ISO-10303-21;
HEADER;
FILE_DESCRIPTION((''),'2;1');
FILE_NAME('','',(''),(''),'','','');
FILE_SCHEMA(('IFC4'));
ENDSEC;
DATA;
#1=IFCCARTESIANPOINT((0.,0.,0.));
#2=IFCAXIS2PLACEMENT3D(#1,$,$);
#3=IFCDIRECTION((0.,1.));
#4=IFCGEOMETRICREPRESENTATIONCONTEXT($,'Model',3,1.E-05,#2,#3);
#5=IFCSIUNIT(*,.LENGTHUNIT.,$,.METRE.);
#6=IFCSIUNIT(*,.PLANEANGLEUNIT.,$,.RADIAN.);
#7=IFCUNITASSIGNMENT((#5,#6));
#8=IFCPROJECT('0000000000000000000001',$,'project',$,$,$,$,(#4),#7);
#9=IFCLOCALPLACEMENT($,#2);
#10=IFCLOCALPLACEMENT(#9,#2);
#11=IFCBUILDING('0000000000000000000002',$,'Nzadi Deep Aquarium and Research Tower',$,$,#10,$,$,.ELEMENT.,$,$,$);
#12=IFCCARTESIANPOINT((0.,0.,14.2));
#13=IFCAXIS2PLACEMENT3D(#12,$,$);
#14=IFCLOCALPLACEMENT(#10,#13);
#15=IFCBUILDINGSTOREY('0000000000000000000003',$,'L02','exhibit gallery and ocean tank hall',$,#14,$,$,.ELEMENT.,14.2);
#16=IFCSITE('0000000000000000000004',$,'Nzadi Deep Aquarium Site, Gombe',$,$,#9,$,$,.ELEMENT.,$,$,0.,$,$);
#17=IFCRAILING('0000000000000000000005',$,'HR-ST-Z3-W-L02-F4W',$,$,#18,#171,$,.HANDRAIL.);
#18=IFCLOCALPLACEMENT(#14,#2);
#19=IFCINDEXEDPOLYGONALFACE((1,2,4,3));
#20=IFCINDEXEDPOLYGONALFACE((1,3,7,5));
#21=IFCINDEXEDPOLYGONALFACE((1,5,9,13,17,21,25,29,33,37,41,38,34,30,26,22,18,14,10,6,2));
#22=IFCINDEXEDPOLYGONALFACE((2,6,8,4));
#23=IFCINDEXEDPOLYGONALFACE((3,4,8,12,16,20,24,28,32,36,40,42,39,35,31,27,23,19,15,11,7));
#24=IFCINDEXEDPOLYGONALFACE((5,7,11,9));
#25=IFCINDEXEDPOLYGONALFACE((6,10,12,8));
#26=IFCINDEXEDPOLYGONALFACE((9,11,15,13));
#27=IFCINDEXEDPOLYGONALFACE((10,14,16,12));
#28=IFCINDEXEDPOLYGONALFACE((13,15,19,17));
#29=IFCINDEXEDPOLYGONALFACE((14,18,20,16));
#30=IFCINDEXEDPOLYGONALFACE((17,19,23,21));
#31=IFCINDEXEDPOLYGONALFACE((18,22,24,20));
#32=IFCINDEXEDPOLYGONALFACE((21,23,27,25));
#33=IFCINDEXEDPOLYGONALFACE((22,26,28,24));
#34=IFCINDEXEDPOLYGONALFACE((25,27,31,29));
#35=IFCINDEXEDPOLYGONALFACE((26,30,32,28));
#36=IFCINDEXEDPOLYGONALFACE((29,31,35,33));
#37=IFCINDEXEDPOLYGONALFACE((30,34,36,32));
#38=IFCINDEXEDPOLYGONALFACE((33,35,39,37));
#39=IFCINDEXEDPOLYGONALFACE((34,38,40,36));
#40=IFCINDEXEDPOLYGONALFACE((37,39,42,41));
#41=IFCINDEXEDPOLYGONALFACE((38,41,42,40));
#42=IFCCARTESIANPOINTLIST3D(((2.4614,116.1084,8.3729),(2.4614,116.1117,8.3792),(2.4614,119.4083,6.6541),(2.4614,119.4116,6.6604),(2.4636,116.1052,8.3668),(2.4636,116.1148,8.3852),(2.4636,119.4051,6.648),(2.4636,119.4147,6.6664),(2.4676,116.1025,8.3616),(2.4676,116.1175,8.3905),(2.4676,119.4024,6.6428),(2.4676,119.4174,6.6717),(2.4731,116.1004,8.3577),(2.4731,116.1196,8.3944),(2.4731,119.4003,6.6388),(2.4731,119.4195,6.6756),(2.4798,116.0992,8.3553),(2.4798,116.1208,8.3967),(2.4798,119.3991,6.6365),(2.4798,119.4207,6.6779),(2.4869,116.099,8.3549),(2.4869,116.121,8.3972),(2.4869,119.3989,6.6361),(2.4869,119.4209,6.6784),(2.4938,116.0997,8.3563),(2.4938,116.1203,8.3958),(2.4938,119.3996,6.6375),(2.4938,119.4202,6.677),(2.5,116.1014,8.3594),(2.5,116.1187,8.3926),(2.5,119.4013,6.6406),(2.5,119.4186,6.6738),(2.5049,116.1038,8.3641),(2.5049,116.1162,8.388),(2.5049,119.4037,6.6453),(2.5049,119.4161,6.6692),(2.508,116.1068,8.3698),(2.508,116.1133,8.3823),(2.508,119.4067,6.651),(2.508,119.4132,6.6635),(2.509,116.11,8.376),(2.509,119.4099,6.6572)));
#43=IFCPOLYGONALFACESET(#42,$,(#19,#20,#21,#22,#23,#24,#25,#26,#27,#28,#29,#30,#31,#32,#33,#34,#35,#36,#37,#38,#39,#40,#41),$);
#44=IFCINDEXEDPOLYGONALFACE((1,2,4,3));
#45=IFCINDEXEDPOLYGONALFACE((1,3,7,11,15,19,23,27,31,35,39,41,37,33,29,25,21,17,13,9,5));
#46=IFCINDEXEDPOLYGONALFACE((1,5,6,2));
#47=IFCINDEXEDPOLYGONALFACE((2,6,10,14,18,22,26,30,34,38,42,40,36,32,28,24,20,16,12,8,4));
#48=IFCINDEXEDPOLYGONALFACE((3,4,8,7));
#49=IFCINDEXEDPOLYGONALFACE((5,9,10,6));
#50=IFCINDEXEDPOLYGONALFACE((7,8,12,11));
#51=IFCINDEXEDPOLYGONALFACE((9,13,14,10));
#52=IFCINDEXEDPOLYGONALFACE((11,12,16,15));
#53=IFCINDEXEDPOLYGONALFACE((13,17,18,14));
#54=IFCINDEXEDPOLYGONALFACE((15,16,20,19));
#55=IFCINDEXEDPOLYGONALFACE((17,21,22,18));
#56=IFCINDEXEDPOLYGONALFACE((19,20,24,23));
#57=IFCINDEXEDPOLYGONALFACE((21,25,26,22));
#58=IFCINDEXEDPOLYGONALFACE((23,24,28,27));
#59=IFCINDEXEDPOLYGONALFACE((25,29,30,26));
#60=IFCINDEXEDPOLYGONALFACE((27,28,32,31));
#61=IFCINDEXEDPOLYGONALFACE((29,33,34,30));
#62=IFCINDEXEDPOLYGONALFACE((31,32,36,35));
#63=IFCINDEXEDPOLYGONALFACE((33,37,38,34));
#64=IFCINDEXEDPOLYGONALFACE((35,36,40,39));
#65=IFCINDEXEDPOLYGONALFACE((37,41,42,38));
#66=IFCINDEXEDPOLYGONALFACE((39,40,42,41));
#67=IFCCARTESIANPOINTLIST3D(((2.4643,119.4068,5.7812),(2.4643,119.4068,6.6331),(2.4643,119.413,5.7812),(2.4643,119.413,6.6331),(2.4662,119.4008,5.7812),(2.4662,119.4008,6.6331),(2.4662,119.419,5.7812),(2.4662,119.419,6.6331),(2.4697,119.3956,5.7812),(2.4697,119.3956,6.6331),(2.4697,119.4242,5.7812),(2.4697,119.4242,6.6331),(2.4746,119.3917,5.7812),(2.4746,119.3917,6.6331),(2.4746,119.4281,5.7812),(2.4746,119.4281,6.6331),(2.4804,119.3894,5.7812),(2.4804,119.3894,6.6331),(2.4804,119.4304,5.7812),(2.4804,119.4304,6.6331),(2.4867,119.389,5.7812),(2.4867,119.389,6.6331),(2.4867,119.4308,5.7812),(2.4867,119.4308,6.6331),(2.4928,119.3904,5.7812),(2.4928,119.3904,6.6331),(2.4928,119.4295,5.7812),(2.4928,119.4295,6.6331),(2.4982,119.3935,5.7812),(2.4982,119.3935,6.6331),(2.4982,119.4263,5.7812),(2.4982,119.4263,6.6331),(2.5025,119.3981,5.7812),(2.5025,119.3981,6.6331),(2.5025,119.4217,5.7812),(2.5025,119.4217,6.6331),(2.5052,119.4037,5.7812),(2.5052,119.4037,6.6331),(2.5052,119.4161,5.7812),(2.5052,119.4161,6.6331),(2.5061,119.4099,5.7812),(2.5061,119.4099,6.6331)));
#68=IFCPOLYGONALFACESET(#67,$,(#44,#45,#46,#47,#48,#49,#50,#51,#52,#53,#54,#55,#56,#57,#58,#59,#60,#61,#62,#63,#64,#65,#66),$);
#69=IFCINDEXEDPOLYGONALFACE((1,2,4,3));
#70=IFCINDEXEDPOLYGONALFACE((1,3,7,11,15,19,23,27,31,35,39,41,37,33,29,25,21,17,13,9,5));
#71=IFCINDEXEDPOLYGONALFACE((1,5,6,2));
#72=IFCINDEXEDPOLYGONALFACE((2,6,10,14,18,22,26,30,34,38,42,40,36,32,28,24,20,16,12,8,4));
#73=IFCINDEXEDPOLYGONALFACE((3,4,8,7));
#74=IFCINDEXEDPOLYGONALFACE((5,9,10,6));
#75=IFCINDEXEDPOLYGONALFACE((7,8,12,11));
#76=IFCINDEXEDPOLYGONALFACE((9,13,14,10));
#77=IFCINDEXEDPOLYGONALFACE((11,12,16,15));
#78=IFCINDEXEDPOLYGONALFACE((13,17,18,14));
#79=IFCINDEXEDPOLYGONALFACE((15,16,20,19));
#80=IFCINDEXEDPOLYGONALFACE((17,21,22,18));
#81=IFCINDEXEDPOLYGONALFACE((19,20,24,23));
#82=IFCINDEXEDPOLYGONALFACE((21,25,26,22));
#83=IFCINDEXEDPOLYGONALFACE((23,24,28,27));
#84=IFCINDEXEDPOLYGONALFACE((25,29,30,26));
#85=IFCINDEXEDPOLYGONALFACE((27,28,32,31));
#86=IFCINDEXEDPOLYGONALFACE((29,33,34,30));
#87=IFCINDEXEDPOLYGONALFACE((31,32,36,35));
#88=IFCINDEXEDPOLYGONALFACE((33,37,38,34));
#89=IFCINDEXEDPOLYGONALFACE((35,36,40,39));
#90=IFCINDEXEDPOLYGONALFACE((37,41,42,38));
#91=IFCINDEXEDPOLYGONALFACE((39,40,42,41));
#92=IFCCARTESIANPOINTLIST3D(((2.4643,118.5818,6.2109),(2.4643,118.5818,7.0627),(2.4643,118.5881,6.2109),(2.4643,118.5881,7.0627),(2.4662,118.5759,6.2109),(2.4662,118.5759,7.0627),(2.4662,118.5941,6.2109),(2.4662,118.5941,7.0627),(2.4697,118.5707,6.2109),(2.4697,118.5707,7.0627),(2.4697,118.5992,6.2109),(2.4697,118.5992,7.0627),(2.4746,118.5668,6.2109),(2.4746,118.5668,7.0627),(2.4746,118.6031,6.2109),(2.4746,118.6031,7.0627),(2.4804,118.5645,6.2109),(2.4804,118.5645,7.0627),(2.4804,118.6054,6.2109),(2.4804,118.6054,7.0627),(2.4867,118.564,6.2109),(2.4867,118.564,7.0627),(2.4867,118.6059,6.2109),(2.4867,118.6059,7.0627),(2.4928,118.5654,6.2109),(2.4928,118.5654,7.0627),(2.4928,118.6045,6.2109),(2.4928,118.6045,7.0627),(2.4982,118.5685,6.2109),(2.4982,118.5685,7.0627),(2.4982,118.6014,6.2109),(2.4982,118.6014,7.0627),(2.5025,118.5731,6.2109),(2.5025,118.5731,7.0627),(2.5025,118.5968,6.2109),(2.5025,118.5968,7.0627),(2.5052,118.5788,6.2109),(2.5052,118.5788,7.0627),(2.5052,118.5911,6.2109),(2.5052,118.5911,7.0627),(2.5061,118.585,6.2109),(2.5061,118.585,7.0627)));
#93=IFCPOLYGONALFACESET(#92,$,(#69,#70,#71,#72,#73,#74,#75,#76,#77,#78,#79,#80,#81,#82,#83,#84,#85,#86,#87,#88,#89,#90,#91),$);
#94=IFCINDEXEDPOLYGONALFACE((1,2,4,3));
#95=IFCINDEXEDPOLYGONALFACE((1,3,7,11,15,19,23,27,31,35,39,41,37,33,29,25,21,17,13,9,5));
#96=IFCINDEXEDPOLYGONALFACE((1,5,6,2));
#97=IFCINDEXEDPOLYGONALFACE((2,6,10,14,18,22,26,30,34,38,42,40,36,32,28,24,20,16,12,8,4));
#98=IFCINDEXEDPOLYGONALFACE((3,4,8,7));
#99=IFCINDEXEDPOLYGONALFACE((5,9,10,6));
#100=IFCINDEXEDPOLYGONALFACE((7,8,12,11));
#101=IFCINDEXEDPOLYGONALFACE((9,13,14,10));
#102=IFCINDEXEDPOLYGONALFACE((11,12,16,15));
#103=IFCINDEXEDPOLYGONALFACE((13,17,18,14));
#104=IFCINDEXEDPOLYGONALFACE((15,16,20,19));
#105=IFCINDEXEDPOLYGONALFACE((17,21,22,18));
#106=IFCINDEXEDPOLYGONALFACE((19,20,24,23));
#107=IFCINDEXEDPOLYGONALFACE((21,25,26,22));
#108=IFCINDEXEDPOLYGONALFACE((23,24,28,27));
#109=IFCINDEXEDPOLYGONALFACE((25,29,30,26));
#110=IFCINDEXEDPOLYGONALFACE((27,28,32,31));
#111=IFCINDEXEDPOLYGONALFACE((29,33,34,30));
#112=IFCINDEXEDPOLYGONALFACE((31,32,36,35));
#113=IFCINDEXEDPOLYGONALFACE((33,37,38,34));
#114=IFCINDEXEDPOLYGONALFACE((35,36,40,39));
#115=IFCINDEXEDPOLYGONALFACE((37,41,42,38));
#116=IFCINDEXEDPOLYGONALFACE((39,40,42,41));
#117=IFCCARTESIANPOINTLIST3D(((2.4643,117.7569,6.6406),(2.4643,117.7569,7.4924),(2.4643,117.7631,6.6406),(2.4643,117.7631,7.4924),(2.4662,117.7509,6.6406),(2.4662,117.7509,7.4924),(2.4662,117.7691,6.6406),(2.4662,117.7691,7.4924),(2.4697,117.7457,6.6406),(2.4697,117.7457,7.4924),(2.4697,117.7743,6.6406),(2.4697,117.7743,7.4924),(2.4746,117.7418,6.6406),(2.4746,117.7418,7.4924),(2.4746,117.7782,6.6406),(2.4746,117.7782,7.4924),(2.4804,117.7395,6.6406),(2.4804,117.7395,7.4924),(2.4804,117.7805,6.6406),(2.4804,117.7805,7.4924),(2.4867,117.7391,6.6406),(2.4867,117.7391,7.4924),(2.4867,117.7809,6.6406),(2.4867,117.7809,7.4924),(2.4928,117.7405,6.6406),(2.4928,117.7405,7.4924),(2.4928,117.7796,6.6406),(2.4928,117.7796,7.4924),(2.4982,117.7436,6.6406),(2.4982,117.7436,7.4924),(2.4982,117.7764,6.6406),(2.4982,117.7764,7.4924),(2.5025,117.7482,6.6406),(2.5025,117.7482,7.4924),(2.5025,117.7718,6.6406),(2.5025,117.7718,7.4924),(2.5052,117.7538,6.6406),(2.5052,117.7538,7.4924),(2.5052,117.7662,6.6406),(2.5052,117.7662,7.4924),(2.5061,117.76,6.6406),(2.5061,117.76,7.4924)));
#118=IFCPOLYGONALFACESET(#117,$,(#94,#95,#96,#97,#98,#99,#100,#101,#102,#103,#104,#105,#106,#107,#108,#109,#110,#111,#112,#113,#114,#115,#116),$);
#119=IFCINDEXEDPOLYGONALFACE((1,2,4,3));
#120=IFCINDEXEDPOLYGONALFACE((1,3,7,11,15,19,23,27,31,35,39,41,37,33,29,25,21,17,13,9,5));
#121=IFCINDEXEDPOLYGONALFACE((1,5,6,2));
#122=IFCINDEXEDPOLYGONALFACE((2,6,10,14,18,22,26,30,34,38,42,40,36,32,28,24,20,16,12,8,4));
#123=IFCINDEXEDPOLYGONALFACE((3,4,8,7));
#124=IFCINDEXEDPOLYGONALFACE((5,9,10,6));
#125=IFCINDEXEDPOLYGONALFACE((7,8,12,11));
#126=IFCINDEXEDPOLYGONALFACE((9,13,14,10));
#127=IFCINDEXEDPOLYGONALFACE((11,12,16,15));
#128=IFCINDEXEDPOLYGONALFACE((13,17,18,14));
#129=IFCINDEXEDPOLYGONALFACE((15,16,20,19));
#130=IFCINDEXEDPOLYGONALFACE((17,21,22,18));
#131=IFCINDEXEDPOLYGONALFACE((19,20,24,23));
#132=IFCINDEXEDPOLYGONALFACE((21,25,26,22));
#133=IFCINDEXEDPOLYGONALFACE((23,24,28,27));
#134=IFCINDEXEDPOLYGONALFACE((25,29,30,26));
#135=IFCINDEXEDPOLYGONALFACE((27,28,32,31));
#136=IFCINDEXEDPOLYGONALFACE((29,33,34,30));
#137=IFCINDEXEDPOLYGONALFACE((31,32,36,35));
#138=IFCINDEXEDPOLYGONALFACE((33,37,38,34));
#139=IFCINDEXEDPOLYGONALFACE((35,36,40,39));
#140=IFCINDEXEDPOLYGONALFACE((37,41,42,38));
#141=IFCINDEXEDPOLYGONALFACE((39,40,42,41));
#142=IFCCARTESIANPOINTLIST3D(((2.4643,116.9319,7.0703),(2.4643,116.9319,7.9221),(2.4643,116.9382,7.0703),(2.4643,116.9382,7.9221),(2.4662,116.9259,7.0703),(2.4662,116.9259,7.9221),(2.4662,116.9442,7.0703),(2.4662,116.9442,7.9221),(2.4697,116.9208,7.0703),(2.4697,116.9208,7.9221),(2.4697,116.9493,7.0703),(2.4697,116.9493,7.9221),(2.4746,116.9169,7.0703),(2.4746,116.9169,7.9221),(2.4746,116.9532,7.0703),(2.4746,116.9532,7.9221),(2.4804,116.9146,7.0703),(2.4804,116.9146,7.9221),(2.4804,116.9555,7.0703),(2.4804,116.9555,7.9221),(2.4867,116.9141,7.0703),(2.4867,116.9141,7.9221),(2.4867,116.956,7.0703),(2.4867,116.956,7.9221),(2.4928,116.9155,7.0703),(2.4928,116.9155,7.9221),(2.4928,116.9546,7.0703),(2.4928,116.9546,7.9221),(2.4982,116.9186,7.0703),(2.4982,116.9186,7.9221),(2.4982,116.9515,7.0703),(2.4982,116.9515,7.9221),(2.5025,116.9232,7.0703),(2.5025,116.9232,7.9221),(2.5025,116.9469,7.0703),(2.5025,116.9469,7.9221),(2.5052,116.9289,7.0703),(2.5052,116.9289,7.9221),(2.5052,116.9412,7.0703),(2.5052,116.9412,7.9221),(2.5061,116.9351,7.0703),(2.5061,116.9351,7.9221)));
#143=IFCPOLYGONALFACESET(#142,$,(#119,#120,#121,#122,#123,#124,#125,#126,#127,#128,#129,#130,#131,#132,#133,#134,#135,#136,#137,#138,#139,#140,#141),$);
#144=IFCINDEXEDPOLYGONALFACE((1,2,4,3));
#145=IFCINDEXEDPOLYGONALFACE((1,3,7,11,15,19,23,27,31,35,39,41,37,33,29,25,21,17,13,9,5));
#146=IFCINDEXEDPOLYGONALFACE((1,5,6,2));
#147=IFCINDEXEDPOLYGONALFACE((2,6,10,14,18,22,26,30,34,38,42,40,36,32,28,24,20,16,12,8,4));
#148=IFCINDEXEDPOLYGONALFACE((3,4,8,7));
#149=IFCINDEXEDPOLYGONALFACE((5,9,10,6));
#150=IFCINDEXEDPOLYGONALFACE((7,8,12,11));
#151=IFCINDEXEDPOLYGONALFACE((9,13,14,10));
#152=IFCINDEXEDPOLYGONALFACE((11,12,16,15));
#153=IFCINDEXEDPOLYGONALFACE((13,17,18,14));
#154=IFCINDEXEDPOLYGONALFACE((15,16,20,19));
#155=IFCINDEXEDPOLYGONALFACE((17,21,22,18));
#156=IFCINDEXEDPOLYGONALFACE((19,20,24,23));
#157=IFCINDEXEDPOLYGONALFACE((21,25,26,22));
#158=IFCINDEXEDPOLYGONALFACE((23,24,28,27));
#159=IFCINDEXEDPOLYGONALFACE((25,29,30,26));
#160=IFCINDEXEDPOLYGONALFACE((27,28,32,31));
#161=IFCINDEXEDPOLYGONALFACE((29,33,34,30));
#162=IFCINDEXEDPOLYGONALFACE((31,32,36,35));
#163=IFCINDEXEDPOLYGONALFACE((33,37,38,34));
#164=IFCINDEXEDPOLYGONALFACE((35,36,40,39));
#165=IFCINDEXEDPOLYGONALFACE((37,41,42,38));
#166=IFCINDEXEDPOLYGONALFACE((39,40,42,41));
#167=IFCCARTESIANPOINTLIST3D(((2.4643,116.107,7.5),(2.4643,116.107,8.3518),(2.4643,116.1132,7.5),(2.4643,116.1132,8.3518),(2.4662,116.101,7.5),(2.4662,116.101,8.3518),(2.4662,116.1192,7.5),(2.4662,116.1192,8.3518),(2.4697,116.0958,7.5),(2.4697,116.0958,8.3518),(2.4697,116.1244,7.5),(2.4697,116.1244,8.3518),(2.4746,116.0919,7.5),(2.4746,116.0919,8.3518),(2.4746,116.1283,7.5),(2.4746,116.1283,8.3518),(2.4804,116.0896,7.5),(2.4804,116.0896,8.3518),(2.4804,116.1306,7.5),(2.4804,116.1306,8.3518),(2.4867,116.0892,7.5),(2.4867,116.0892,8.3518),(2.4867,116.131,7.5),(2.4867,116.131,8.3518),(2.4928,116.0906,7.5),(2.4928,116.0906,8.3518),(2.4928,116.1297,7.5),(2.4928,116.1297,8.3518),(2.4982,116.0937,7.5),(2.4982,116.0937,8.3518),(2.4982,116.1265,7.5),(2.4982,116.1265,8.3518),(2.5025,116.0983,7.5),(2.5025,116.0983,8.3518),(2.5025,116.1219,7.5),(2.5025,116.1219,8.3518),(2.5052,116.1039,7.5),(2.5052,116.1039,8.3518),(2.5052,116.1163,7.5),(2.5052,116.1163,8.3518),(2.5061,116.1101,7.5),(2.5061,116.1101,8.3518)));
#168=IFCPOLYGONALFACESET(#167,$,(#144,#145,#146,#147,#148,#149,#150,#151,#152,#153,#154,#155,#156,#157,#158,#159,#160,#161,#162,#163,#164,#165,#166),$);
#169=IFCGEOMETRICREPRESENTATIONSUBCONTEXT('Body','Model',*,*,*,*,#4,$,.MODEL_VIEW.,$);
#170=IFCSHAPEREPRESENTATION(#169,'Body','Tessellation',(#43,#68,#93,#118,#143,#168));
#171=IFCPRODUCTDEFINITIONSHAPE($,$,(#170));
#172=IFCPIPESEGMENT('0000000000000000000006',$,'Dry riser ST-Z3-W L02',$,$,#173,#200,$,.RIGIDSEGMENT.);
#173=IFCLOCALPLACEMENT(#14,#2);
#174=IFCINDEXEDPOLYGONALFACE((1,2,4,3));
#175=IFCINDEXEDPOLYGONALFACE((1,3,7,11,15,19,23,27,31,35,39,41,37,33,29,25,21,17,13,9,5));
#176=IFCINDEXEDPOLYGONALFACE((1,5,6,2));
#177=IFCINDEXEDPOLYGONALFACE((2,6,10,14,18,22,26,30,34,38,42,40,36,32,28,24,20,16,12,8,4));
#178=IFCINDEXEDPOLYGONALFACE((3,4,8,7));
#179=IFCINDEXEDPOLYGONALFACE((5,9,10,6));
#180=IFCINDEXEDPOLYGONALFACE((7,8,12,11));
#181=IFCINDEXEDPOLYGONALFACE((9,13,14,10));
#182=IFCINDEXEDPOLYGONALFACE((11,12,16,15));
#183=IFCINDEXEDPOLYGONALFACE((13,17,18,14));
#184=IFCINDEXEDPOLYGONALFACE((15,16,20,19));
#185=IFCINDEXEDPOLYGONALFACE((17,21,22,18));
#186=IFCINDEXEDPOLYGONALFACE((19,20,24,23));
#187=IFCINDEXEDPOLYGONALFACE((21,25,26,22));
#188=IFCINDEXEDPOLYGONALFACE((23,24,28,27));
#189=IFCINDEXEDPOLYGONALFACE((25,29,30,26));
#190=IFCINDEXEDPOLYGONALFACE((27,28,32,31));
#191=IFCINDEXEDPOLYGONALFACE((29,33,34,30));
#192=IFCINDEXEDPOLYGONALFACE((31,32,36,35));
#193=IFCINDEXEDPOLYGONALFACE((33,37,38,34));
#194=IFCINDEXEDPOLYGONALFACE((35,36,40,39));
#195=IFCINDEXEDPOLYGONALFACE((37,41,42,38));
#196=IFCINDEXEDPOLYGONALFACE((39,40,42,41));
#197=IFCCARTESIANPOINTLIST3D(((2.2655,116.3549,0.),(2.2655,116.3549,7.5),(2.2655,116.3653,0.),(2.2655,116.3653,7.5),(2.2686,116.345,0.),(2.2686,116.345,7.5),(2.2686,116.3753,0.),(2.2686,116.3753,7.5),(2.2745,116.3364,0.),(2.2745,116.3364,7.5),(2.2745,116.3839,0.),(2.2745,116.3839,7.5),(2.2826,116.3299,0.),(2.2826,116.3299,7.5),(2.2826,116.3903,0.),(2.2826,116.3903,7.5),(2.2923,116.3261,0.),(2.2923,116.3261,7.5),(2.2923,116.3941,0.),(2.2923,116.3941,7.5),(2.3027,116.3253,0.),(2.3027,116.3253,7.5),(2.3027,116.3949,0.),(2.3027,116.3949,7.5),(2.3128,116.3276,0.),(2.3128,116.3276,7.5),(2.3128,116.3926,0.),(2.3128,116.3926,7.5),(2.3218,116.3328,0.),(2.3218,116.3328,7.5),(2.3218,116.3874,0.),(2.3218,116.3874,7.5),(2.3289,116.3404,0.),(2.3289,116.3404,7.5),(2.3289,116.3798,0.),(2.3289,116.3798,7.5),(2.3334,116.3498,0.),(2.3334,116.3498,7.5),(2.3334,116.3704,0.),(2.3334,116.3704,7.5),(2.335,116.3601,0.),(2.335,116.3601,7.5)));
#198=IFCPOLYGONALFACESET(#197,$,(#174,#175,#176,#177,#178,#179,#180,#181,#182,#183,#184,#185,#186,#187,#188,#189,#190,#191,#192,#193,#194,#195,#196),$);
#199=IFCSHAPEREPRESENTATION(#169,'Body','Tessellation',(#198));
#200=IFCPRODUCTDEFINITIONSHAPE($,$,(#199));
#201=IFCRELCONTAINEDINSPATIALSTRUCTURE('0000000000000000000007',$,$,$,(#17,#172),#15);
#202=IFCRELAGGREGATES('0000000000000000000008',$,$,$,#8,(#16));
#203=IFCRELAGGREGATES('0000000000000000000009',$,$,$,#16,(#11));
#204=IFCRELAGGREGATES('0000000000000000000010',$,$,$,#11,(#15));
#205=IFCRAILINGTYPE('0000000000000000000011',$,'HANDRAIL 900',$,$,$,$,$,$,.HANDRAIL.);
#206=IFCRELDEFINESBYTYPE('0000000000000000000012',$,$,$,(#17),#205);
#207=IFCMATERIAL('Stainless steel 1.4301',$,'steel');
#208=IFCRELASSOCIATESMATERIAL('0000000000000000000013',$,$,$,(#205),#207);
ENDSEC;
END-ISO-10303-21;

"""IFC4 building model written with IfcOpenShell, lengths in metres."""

from ifc_helpers import new_model, si_unit, direction, frame, origin, origin_2d, place, context, subcontext, project, spatial, circle, extrude, material, type_object, element, save


model = new_model("IFC4")

# Units and contexts
model_context = context("Model", 3, precision=1e-05, world=origin(), true_north=direction((0.0, 1.0)))
body_context = subcontext(model_context, "Body", "Model", "MODEL_VIEW")
ifc_project = project(units=[si_unit("LENGTHUNIT", "METRE"), si_unit("PLANEANGLEUNIT", "RADIAN")], contexts=[model_context])

# Site, building, storey
site_placement = place(None, origin())
site = spatial("IfcSite", under=ifc_project, at=site_placement, Name="Nzadi Deep Aquarium Site, Gombe", CompositionType="ELEMENT", RefElevation=0.0)
building_placement = place(site_placement, origin())
building = spatial("IfcBuilding", under=site, at=building_placement, Name="Nzadi Deep Aquarium and Research Tower", CompositionType="ELEMENT")
storey_placement = place(building_placement, frame((0.0, 0.0, 14.2)))
storey = spatial("IfcBuildingStorey", under=building, at=storey_placement, Name="L02", Description="exhibit gallery and ocean tank hall", CompositionType="ELEMENT", Elevation=14.2)

# Railing
ifc_material_1 = material(Name="Stainless steel 1.4301", Category="steel")
railing_type = type_object("IfcRailingType", Name="HANDRAIL 900", PredefinedType="HANDRAIL", material=ifc_material_1)
for number, where, name in (
    (1, (2.4851, 119.4099, 5.7812), "HR-ST-Z3-W-L02-F4W"),
):
    element("IfcRailing", number, at=place(storey_placement, frame(where)), inside=storey, type_object=railing_type, Name=name, PredefinedType="HANDRAIL", context=body_context, shape_type="SweptSolid", body=[
        extrude(circle(Radius=0.0239, at=origin_2d()), frame((0.0, 0.0, 0.876), z_axis=(0.0, -0.886903, 0.461956), x_axis=(1.0, 0.0, 0.0)), (0.0, 0.0, 1.0), 3.7207),
        extrude(circle(Radius=0.021, at=origin_2d()), origin(), (0.0, 0.0, 1.0), 0.8518),
        extrude(circle(Radius=0.021, at=origin_2d()), frame((0.0, -0.825, 0.4297)), (0.0, 0.0, 1.0), 0.8518),
        extrude(circle(Radius=0.021, at=origin_2d()), frame((0.0, -1.6499, 0.8594)), (0.0, 0.0, 1.0), 0.8518),
        extrude(circle(Radius=0.021, at=origin_2d()), frame((0.0, -2.4749, 1.2891)), (0.0, 0.0, 1.0), 0.8518),
        extrude(circle(Radius=0.021, at=origin_2d()), frame((0.0, -3.2998, 1.7188)), (0.0, 0.0, 1.0), 0.8518),
    ])

# Pipe segment
pipe_segment_placement = place(storey_placement, frame((2.3, 116.3601, 0.0), z_axis=(0.0, 0.0, 1.0), x_axis=(1.0, 0.0, 0.0)))
element("IfcPipeSegment", 2, at=pipe_segment_placement, inside=storey, Name="Dry riser ST-Z3-W L02", PredefinedType="RIGIDSEGMENT", context=body_context, shape_type="SweptSolid", body=[
    extrude(circle(Radius=0.0349, at=origin_2d()), origin(), (0.0, 0.0, 1.0), 7.5),
])

save(model, "model.ifc")
